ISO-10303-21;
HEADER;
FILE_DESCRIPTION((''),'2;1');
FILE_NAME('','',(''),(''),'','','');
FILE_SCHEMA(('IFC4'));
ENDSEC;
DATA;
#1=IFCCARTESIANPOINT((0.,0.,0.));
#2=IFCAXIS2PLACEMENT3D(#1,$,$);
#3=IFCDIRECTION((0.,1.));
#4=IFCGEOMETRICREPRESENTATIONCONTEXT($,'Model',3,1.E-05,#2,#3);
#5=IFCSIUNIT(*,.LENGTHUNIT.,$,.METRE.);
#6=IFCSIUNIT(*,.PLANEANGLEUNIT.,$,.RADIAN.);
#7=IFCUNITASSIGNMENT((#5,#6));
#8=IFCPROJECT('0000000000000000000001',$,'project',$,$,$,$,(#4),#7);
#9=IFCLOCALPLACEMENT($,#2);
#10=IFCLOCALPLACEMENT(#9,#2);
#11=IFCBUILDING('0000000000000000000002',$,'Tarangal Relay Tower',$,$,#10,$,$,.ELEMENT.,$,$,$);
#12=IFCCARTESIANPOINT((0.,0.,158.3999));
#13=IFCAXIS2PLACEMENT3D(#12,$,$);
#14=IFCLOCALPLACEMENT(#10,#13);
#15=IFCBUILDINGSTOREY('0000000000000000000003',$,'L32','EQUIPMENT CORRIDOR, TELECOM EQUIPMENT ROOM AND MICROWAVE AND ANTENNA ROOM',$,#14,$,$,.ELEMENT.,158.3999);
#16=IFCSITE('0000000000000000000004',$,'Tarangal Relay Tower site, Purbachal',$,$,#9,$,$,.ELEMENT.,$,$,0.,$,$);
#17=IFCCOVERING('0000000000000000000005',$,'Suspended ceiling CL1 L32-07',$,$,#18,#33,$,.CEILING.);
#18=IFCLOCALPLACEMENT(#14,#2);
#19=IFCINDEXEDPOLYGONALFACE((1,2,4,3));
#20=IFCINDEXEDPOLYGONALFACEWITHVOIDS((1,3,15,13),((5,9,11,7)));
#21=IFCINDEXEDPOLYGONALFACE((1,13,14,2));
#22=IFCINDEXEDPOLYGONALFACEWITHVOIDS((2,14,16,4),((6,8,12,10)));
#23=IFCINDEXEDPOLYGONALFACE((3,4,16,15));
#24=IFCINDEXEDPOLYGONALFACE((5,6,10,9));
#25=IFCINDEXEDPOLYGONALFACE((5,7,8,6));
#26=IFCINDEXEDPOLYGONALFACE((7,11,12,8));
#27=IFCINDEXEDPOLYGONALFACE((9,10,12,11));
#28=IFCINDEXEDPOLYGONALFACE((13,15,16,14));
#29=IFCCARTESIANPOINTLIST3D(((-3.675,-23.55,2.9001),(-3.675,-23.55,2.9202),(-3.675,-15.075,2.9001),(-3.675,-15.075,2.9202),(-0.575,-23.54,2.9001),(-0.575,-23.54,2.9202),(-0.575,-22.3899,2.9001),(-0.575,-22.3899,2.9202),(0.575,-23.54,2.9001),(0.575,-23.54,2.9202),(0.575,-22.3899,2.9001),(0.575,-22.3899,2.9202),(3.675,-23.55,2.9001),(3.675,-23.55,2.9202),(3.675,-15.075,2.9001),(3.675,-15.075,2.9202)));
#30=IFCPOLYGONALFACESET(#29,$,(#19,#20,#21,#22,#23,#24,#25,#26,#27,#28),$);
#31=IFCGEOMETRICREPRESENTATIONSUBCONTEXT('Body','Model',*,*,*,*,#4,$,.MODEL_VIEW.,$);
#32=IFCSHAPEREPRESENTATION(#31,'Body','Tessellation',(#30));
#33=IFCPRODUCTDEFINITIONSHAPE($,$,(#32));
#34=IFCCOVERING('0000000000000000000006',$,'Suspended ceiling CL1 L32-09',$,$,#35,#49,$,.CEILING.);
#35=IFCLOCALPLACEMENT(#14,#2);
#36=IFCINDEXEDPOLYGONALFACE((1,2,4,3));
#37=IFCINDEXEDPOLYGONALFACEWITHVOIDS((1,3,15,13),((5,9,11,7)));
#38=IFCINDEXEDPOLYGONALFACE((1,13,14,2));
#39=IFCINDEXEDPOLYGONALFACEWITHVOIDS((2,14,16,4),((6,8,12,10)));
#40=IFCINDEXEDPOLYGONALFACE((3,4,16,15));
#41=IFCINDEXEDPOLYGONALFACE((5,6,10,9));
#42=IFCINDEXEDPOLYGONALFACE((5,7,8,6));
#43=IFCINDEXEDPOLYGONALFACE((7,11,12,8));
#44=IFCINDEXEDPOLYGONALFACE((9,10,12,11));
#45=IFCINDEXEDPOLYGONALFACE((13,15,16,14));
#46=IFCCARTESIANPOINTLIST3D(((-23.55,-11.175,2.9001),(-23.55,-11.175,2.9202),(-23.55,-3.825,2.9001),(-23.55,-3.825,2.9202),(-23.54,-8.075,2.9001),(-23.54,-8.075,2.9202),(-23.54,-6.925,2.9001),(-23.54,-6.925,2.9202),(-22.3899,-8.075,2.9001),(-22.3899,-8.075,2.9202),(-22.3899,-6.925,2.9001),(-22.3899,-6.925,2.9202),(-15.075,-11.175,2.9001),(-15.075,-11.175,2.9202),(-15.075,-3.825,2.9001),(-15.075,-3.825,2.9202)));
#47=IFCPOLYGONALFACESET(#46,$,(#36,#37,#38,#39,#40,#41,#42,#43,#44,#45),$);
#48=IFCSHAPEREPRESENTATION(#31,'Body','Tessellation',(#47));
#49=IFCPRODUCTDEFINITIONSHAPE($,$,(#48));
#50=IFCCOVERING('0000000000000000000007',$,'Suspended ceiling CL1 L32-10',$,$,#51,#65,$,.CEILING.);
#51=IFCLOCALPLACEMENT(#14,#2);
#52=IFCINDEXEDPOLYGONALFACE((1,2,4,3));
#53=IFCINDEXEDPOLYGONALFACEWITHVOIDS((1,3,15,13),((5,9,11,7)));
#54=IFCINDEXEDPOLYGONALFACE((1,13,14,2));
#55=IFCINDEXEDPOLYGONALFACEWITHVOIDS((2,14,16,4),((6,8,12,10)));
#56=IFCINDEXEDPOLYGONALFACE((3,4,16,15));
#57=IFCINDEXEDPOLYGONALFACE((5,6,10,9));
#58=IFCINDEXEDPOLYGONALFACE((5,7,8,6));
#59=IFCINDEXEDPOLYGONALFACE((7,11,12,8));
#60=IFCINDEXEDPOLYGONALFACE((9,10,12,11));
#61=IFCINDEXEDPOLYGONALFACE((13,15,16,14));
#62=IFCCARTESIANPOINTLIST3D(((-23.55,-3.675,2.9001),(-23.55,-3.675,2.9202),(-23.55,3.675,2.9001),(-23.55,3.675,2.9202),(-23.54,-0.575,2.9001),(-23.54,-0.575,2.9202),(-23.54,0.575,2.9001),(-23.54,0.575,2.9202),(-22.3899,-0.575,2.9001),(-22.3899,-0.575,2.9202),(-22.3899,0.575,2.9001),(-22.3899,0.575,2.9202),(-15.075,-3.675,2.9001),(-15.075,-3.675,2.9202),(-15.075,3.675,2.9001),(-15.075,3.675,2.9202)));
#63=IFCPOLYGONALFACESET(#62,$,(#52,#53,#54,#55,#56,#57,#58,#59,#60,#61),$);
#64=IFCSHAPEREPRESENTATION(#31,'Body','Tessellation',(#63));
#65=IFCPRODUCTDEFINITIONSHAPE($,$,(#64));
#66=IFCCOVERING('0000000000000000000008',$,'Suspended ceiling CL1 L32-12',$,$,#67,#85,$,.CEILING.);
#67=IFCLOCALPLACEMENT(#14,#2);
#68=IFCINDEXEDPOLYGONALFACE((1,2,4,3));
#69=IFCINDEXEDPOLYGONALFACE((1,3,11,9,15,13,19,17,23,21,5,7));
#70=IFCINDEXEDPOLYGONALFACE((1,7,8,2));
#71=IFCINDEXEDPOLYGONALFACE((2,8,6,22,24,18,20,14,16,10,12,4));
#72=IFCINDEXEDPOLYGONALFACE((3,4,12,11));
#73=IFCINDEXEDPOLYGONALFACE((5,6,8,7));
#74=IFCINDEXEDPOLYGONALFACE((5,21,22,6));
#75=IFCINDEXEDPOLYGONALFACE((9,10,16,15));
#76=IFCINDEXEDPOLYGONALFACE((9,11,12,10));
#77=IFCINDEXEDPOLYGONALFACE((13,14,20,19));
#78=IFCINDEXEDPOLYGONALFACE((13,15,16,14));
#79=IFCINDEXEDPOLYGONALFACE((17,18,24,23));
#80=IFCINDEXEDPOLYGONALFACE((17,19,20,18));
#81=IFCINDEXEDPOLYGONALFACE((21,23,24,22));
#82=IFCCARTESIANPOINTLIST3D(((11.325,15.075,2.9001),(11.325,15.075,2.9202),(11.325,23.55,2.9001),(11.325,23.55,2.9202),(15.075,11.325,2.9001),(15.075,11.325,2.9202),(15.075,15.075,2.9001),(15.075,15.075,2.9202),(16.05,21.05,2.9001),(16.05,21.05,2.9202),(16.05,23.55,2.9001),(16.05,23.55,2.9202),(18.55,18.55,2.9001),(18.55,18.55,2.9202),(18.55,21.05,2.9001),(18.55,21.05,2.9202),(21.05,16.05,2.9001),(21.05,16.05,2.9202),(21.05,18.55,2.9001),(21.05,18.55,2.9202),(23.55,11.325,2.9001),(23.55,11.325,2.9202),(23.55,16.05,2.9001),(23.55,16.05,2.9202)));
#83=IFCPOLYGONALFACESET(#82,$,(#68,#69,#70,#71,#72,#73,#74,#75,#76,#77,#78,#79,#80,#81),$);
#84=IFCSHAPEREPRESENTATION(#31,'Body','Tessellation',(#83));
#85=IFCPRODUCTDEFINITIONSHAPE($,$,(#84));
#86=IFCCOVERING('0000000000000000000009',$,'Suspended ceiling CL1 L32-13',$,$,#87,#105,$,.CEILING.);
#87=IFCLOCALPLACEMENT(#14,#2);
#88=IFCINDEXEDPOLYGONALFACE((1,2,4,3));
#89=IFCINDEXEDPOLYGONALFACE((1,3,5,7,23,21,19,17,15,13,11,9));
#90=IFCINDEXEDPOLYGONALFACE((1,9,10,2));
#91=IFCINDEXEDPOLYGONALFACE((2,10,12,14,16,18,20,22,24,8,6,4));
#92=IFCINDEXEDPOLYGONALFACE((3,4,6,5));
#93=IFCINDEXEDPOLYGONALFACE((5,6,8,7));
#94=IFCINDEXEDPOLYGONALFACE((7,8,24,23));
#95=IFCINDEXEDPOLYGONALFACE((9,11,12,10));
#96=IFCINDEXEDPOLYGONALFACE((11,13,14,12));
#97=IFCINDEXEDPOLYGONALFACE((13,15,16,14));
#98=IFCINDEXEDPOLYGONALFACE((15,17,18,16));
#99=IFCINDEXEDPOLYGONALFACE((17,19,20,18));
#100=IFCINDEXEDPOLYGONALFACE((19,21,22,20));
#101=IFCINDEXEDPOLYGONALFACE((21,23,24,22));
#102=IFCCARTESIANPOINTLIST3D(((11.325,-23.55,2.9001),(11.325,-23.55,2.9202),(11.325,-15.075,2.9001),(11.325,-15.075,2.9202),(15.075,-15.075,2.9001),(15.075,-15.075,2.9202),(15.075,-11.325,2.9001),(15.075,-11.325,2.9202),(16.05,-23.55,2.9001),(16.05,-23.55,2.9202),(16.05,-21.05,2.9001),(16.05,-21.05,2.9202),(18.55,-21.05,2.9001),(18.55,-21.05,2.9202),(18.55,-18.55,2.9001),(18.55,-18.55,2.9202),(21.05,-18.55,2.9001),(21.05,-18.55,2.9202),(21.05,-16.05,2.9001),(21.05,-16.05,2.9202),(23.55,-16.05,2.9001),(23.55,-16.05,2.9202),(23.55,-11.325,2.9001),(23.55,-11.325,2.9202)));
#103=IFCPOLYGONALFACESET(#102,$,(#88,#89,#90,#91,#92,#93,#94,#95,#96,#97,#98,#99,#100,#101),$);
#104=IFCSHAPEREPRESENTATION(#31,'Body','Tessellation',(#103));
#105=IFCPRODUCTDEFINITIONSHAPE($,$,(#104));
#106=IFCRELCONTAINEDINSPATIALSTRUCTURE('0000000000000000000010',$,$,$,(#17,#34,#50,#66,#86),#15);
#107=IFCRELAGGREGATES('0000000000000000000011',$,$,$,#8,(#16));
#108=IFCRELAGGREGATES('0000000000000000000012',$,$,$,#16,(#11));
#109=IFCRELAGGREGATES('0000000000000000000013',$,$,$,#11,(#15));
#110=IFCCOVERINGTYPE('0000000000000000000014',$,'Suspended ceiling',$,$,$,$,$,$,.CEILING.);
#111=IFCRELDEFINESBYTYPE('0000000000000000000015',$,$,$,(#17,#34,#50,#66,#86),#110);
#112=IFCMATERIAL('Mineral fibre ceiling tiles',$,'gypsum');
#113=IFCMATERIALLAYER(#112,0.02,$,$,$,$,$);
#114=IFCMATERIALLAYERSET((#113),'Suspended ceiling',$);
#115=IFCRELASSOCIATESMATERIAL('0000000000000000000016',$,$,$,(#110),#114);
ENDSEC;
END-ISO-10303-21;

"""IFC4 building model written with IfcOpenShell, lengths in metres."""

from ifc_helpers import new_model, si_unit, direction, frame, origin, place, context, subcontext, project, spatial, polyline, outline, extrude, material, layer, layer_set, type_object, element, save


model = new_model("IFC4")

# Units and contexts
model_context = context("Model", 3, precision=1e-05, world=origin(), true_north=direction((0.0, 1.0)))
body_context = subcontext(model_context, "Body", "Model", "MODEL_VIEW")
ifc_project = project(units=[si_unit("LENGTHUNIT", "METRE"), si_unit("PLANEANGLEUNIT", "RADIAN")], contexts=[model_context])

# Site, building, storey
site_placement = place(None, origin())
site = spatial("IfcSite", under=ifc_project, at=site_placement, Name="Tarangal Relay Tower site, Purbachal", CompositionType="ELEMENT", RefElevation=0.0)
building_placement = place(site_placement, origin())
building = spatial("IfcBuilding", under=site, at=building_placement, Name="Tarangal Relay Tower", CompositionType="ELEMENT")
storey_placement = place(building_placement, frame((0.0, 0.0, 158.3999)))
storey = spatial("IfcBuildingStorey", under=building, at=storey_placement, Name="L32", Description="EQUIPMENT CORRIDOR, TELECOM EQUIPMENT ROOM AND MICROWAVE AND ANTENNA ROOM", CompositionType="ELEMENT", Elevation=158.3999)

# Coverings
ifc_material_1 = material(Name="Mineral fibre ceiling tiles", Category="gypsum")
ifc_layer_1 = layer(ifc_material_1, 0.02)
ifc_layer_set_1 = layer_set([ifc_layer_1], Name="Suspended ceiling")
covering_type_1 = type_object("IfcCoveringType", Name="Suspended ceiling", PredefinedType="CEILING", material=ifc_layer_set_1)
covering_1_placement = place(storey_placement, frame((0.0, 0.0, 2.9001)))
element("IfcCovering", 1, at=covering_1_placement, inside=storey, type_object=covering_type_1, Name="Suspended ceiling CL1 L32-07", PredefinedType="CEILING", context=body_context, shape_type="SweptSolid", body=[
    extrude(outline(polyline([(-3.675, -23.55), (3.675, -23.55), (3.675, -15.075), (-3.675, -15.075), (-3.675, -23.55)]), holes=[polyline([(0.575, -22.3899), (-0.575, -22.3899), (-0.575, -23.54), (0.575, -23.54), (0.575, -22.3899)])]), origin(), (0.0, 0.0, 1.0), 0.02),
])
covering_2_placement = place(storey_placement, frame((0.0, 0.0, 2.9001)))
element("IfcCovering", 2, at=covering_2_placement, inside=storey, type_object=covering_type_1, Name="Suspended ceiling CL1 L32-09", PredefinedType="CEILING", context=body_context, shape_type="SweptSolid", body=[
    extrude(outline(polyline([(-23.55, -3.825), (-23.55, -11.175), (-15.075, -11.175), (-15.075, -3.825), (-23.55, -3.825)]), holes=[polyline([(-22.3899, -6.925), (-23.54, -6.925), (-23.54, -8.075), (-22.3899, -8.075), (-22.3899, -6.925)])]), origin(), (0.0, 0.0, 1.0), 0.02),
])
covering_3_placement = place(storey_placement, frame((0.0, 0.0, 2.9001)))
element("IfcCovering", 3, at=covering_3_placement, inside=storey, type_object=covering_type_1, Name="Suspended ceiling CL1 L32-10", PredefinedType="CEILING", context=body_context, shape_type="SweptSolid", body=[
    extrude(outline(polyline([(-23.55, 3.675), (-23.55, -3.675), (-15.075, -3.675), (-15.075, 3.675), (-23.55, 3.675)]), holes=[polyline([(-22.3899, 0.575), (-23.54, 0.575), (-23.54, -0.575), (-22.3899, -0.575), (-22.3899, 0.575)])]), origin(), (0.0, 0.0, 1.0), 0.02),
])
covering_4_placement = place(storey_placement, frame((0.0, 0.0, 2.9001)))
element("IfcCovering", 4, at=covering_4_placement, inside=storey, type_object=covering_type_1, Name="Suspended ceiling CL1 L32-12", PredefinedType="CEILING", context=body_context, shape_type="SweptSolid", body=[
    extrude(outline(polyline([(16.05, 23.55), (11.325, 23.55), (11.325, 15.075), (15.075, 15.075), (15.075, 11.325), (23.55, 11.325), (23.55, 16.05), (21.05, 16.05), (21.05, 18.55), (18.55, 18.55), (18.55, 21.05), (16.05, 21.05), (16.05, 23.55)])), origin(), (0.0, 0.0, 1.0), 0.02),
])
covering_5_placement = place(storey_placement, frame((0.0, 0.0, 2.9001)))
element("IfcCovering", 5, at=covering_5_placement, inside=storey, type_object=covering_type_1, Name="Suspended ceiling CL1 L32-13", PredefinedType="CEILING", context=body_context, shape_type="SweptSolid", body=[
    extrude(outline(polyline([(23.55, -16.05), (23.55, -11.325), (15.075, -11.325), (15.075, -15.075), (11.325, -15.075), (11.325, -23.55), (16.05, -23.55), (16.05, -21.05), (18.55, -21.05), (18.55, -18.55), (21.05, -18.55), (21.05, -16.05), (23.55, -16.05)])), origin(), (0.0, 0.0, 1.0), 0.02),
])

save(model, "model.ifc")
